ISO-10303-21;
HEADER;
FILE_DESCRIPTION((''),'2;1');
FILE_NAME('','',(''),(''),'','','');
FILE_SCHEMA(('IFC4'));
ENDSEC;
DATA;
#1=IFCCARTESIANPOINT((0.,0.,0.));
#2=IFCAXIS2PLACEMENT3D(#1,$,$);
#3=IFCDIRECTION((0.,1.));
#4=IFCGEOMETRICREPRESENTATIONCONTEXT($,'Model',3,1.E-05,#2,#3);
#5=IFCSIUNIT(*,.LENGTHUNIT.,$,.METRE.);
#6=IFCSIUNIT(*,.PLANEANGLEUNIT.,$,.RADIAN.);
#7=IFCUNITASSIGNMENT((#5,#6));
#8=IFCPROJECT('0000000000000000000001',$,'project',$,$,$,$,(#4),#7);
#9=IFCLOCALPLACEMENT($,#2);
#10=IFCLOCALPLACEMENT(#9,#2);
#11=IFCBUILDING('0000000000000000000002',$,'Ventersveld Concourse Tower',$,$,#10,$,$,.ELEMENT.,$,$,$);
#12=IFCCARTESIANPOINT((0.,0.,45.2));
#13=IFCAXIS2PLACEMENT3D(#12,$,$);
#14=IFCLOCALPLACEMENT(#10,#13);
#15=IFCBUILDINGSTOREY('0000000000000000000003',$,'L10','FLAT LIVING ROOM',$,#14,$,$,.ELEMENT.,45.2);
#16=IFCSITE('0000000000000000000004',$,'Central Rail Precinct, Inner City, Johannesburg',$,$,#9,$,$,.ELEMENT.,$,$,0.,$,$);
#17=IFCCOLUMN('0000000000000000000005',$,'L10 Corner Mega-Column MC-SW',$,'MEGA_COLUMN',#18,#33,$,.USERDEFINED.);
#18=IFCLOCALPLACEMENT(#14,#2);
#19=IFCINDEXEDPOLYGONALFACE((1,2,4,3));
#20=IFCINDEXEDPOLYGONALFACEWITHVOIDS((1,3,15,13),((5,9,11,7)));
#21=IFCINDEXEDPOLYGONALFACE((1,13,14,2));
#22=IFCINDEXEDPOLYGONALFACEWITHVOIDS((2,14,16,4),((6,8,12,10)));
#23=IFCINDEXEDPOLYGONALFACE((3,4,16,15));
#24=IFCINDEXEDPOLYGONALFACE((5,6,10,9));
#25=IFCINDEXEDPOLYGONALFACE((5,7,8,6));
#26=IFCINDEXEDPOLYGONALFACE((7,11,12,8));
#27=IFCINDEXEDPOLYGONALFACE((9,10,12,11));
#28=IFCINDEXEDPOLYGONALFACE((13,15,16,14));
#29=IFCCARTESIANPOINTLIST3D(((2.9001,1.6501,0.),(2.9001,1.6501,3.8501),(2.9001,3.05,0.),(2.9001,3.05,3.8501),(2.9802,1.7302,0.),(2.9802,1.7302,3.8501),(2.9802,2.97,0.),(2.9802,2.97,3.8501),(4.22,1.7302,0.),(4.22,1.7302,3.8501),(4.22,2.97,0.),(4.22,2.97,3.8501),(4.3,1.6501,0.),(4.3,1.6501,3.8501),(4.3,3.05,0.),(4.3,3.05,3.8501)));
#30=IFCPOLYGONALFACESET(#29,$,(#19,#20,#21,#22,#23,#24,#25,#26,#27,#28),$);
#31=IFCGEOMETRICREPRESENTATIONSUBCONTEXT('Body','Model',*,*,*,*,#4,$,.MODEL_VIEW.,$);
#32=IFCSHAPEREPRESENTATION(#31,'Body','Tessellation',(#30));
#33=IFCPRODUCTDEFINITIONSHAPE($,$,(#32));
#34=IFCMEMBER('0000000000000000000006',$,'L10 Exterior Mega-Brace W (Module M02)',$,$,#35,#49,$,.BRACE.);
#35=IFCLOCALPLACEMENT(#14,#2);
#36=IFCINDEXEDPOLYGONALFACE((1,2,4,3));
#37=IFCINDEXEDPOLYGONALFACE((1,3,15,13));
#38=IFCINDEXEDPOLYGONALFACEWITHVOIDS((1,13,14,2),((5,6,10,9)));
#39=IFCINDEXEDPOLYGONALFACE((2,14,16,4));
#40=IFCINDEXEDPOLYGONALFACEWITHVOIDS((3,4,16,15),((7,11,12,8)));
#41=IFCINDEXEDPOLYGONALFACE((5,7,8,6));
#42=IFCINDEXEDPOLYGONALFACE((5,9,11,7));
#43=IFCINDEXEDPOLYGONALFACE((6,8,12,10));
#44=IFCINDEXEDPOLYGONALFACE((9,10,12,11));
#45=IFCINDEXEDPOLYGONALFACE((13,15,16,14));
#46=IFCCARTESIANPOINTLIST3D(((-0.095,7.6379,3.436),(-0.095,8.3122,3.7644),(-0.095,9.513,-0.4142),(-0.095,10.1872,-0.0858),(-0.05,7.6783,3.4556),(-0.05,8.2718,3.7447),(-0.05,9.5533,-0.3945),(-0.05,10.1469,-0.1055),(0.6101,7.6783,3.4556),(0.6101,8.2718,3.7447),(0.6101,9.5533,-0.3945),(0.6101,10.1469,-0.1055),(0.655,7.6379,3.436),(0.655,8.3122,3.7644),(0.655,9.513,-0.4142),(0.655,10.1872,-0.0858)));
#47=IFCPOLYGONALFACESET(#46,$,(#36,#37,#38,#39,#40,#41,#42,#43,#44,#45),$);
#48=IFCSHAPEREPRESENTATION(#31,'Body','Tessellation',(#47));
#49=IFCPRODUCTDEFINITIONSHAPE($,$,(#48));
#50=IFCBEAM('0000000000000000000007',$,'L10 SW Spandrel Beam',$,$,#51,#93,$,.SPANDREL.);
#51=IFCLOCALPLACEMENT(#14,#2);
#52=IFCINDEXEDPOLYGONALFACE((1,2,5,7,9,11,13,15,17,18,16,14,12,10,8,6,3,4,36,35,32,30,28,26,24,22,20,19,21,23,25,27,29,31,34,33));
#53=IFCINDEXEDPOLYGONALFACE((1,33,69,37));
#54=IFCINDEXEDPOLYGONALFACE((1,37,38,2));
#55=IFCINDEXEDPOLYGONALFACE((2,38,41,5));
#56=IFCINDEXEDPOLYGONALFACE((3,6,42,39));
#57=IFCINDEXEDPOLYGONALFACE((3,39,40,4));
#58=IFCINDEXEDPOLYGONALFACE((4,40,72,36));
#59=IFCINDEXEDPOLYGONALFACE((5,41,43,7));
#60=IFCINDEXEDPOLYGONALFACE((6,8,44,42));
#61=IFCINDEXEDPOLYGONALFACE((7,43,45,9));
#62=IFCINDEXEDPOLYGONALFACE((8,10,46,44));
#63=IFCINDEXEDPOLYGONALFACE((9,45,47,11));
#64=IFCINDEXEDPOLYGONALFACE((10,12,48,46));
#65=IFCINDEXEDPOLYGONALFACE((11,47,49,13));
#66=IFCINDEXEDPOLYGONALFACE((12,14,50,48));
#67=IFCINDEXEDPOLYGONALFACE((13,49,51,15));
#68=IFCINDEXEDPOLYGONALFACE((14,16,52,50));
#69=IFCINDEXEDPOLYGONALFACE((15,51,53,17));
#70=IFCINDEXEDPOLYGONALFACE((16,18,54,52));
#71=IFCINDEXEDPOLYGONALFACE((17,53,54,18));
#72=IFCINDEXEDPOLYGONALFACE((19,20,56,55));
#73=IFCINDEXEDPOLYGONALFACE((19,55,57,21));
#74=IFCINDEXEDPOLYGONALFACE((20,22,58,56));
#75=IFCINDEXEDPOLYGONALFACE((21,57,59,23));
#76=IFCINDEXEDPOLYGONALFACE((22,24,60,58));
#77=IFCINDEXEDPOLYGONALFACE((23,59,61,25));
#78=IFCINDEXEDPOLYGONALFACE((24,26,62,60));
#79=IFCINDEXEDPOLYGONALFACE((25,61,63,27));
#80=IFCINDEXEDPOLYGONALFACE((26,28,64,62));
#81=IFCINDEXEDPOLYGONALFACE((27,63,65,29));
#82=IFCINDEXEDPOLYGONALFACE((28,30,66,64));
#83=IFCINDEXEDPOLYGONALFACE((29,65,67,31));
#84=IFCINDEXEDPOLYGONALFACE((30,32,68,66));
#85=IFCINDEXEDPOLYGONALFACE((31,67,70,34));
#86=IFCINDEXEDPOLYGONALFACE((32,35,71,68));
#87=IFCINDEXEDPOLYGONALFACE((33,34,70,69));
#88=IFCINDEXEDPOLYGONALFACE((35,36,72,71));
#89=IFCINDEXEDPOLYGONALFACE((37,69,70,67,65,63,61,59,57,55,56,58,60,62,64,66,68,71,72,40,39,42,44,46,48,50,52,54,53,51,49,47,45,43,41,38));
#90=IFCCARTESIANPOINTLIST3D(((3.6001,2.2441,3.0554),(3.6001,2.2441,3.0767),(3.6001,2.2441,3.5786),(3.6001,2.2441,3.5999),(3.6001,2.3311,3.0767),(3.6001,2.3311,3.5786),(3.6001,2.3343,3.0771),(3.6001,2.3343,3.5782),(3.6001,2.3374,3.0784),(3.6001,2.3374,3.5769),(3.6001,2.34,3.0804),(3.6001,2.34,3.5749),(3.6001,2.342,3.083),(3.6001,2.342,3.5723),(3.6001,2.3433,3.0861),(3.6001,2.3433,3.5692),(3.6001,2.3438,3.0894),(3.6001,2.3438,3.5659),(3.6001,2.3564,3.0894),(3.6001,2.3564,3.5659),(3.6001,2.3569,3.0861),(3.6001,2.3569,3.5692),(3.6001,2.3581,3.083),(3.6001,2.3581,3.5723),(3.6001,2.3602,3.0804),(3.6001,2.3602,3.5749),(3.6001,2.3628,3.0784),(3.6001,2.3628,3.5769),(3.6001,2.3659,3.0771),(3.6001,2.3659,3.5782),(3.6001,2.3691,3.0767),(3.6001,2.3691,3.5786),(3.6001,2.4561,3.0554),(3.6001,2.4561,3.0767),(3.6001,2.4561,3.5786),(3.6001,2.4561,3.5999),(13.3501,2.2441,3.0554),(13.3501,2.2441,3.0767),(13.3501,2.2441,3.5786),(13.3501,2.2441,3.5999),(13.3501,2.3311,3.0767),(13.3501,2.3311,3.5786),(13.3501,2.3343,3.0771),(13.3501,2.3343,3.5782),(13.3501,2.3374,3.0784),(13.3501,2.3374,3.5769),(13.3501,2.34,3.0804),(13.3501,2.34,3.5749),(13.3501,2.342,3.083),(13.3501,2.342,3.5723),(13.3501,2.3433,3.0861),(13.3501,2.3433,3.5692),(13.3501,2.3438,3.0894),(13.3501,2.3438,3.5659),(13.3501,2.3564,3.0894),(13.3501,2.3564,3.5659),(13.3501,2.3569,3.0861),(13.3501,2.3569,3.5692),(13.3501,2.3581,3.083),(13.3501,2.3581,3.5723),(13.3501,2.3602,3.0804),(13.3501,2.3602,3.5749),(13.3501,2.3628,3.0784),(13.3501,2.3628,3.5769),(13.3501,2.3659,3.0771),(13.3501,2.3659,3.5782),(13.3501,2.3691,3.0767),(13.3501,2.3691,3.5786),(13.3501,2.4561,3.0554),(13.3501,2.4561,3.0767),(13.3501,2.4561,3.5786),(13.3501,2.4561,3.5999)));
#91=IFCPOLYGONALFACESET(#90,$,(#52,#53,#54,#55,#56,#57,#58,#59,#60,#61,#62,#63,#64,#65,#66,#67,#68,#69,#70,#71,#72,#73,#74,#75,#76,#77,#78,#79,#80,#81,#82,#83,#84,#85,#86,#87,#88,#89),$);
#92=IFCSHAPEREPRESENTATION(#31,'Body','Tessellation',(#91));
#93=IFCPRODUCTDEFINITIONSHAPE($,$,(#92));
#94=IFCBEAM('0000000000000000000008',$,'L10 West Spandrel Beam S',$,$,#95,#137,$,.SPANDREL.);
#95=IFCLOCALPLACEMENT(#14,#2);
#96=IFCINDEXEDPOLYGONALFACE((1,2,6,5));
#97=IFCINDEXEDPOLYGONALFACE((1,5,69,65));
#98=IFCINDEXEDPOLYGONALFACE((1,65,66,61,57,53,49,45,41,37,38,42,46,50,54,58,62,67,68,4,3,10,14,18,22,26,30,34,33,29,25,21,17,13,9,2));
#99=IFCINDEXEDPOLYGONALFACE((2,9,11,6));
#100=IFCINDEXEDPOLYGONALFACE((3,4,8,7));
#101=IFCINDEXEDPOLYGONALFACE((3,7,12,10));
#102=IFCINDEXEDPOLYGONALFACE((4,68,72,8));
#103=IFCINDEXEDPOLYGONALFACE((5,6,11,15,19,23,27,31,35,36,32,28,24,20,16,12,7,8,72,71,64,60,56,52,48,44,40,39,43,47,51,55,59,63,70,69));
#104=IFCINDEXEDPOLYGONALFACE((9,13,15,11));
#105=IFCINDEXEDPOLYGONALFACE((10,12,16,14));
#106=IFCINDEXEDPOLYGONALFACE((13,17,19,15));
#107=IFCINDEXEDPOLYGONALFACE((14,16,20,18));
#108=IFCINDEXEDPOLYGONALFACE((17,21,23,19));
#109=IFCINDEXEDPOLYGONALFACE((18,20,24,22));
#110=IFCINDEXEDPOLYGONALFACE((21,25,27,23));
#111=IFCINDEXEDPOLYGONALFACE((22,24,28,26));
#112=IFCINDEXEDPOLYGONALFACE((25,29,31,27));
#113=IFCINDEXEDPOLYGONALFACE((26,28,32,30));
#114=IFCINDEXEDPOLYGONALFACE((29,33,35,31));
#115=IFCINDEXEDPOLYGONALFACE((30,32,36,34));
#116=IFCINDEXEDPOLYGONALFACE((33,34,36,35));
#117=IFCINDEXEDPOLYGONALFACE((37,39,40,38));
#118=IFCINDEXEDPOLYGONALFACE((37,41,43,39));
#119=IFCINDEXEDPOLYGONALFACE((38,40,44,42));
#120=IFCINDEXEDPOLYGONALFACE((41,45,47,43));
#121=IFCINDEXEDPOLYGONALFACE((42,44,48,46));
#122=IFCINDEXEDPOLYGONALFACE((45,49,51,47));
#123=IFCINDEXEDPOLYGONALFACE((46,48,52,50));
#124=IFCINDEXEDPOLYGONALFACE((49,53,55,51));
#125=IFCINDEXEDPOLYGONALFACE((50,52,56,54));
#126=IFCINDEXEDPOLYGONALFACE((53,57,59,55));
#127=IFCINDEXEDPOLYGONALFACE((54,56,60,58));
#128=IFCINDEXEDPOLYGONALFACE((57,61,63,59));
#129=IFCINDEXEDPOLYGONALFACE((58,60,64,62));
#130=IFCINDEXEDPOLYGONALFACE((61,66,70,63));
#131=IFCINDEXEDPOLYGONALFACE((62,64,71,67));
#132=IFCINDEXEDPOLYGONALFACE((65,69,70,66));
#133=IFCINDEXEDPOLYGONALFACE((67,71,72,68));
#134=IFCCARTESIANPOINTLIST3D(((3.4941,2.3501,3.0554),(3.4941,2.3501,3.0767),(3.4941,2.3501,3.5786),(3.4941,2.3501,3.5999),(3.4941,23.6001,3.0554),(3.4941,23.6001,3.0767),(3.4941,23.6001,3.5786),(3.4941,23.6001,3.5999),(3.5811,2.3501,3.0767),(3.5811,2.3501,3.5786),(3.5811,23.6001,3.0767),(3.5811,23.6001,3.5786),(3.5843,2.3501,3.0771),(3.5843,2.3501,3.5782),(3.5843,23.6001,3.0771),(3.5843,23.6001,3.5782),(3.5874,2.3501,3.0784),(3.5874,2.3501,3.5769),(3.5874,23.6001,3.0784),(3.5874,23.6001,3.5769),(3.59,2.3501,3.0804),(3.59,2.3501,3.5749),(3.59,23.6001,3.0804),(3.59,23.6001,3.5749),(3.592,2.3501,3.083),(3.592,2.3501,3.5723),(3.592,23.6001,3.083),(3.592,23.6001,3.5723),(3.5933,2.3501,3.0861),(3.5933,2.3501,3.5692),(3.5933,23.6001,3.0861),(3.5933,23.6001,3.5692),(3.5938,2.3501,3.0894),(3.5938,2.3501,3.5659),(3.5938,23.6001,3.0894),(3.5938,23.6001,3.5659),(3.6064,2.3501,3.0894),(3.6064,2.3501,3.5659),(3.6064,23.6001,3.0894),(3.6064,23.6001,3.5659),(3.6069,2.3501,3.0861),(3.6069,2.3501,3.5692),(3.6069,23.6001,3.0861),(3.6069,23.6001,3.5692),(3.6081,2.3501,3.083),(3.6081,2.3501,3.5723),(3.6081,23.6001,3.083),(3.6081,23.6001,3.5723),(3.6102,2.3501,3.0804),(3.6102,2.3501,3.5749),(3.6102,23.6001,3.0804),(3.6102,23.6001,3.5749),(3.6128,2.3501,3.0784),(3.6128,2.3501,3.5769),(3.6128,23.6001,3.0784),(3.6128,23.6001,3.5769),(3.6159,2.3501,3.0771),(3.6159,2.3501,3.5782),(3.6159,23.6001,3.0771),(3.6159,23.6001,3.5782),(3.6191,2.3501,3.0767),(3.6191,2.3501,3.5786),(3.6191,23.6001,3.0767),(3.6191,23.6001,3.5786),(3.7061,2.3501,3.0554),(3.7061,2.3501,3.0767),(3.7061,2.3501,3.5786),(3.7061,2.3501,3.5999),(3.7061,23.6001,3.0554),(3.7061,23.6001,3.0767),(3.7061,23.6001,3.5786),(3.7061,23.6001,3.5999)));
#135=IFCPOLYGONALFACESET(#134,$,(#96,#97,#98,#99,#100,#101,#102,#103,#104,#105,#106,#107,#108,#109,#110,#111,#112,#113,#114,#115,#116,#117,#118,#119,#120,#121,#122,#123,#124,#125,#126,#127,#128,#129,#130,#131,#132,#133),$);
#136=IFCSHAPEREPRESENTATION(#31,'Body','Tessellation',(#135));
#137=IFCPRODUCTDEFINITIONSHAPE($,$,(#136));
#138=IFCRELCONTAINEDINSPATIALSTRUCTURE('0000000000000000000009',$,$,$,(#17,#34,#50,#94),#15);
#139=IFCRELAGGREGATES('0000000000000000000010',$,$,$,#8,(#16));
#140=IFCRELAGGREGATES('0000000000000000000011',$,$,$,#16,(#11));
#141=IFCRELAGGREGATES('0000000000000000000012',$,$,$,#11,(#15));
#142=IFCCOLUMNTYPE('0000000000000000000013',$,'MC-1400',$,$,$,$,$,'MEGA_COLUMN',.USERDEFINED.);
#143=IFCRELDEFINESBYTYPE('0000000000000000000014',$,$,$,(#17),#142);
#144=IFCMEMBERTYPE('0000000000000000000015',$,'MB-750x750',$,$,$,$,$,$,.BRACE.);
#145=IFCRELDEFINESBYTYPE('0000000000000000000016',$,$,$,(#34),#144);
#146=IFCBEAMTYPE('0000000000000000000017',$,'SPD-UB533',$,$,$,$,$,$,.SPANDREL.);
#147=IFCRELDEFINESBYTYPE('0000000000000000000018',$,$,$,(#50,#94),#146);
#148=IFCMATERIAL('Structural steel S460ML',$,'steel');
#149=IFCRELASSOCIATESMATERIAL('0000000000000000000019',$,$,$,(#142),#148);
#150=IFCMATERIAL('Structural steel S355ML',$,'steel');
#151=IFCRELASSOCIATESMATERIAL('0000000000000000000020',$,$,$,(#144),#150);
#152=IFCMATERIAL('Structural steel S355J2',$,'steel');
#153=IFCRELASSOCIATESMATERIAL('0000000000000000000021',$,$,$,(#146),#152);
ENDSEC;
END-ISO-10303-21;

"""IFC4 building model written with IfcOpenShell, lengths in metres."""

from ifc_helpers import new_model, si_unit, direction, frame, origin, origin_2d, place, context, subcontext, project, spatial, hollow_rectangle, i_section, extrude, material, material_profile, profile_set, type_object, element, save


model = new_model("IFC4")

# Units and contexts
model_context = context("Model", 3, precision=1e-05, world=origin(), true_north=direction((0.0, 1.0)))
body_context = subcontext(model_context, "Body", "Model", "MODEL_VIEW")
ifc_project = project(units=[si_unit("LENGTHUNIT", "METRE"), si_unit("PLANEANGLEUNIT", "RADIAN")], contexts=[model_context])

# Site, building, storey
site_placement = place(None, origin())
site = spatial("IfcSite", under=ifc_project, at=site_placement, Name="Central Rail Precinct, Inner City, Johannesburg", CompositionType="ELEMENT", RefElevation=0.0)
building_placement = place(site_placement, origin())
building = spatial("IfcBuilding", under=site, at=building_placement, Name="Ventersveld Concourse Tower", CompositionType="ELEMENT")
storey_placement = place(building_placement, frame((0.0, 0.0, 45.2)))
storey = spatial("IfcBuildingStorey", under=building, at=storey_placement, Name="L10", Description="FLAT LIVING ROOM", CompositionType="ELEMENT", Elevation=45.2)

# Column
ifc_material_1 = material(Name="Structural steel S460ML", Category="steel")
ifc_material_profile_1 = material_profile(ifc_material_1, hollow_rectangle(XDim=1.3999, YDim=1.3999, WallThickness=0.0801, at=origin_2d()), Name="BOX 1400x1400x80")
ifc_profile_set_1 = profile_set([ifc_material_profile_1], Name="Structural steel S460ML")
column_type = type_object("IfcColumnType", Name="MC-1400", ElementType="MEGA_COLUMN", PredefinedType="USERDEFINED", material=ifc_profile_set_1)
column_placement = place(storey_placement, frame((3.6001, 2.3501, 0.0), z_axis=(0.0, 0.0, 1.0), x_axis=(1.0, 0.0, 0.0)))
element("IfcColumn", 1, at=column_placement, inside=storey, type_object=column_type, Name="L10 Corner Mega-Column MC-SW", ObjectType="MEGA_COLUMN", PredefinedType="USERDEFINED", context=body_context, shape_type="SweptSolid", body=[
    extrude(hollow_rectangle(XDim=1.3999, YDim=1.3999, WallThickness=0.0801, at=origin_2d()), origin(), (0.0, 0.0, 1.0), 3.8501),
])

# Member
ifc_material_2 = material(Name="Structural steel S355ML", Category="steel")
ifc_material_profile_2 = material_profile(ifc_material_2, hollow_rectangle(XDim=0.75, YDim=0.75, WallThickness=0.0449, at=origin_2d()), Name="BOX 750x750x45")
ifc_profile_set_2 = profile_set([ifc_material_profile_2], Name="Structural steel S355ML")
member_type = type_object("IfcMemberType", Name="MB-750x750", PredefinedType="BRACE", material=ifc_profile_set_2)
member_placement = place(storey_placement, frame((0.28, 9.8501, -0.25), z_axis=(0.0, -0.437839, 0.899053), x_axis=(1.0, 0.0, 0.0)))
element("IfcMember", 2, at=member_placement, inside=storey, type_object=member_type, Name="L10 Exterior Mega-Brace W (Module M02)", PredefinedType="BRACE", context=body_context, shape_type="SweptSolid", body=[
    extrude(hollow_rectangle(XDim=0.75, YDim=0.75, WallThickness=0.0449, at=origin_2d()), origin(), (0.0, 0.0, 1.0), 4.2825),
])

# Beams
ifc_material_3 = material(Name="Structural steel S355J2", Category="steel")
ifc_material_profile_3 = material_profile(ifc_material_3, i_section(OverallWidth=0.2119, OverallDepth=0.5444, WebThickness=0.0127, FlangeThickness=0.0212, FilletRadius=0.0127, at=origin_2d()), Name="UB 533x210x122")
ifc_profile_set_3 = profile_set([ifc_material_profile_3], Name="Structural steel S355J2")
beam_type = type_object("IfcBeamType", Name="SPD-UB533", PredefinedType="SPANDREL", material=ifc_profile_set_3)
beam_1_placement = place(storey_placement, frame((3.6001, 2.3501, 3.3276), z_axis=(1.0, 0.0, 0.0), x_axis=(0.0, 1.0, 0.0)))
element("IfcBeam", 3, at=beam_1_placement, inside=storey, type_object=beam_type, Name="L10 SW Spandrel Beam", PredefinedType="SPANDREL", context=body_context, shape_type="SweptSolid", body=[
    extrude(i_section(OverallWidth=0.2119, OverallDepth=0.5444, WebThickness=0.0127, FlangeThickness=0.0212, FilletRadius=0.0127, at=origin_2d()), origin(), (0.0, 0.0, 1.0), 9.75),
])
beam_2_placement = place(storey_placement, frame((3.6001, 2.3501, 3.3276), z_axis=(0.0, 1.0, 0.0), x_axis=(-1.0, 0.0, 0.0)))
element("IfcBeam", 4, at=beam_2_placement, inside=storey, type_object=beam_type, Name="L10 West Spandrel Beam S", PredefinedType="SPANDREL", context=body_context, shape_type="SweptSolid", body=[
    extrude(i_section(OverallWidth=0.2119, OverallDepth=0.5444, WebThickness=0.0127, FlangeThickness=0.0212, FilletRadius=0.0127, at=origin_2d()), origin(), (0.0, 0.0, 1.0), 21.25),
])

save(model, "model.ifc")
